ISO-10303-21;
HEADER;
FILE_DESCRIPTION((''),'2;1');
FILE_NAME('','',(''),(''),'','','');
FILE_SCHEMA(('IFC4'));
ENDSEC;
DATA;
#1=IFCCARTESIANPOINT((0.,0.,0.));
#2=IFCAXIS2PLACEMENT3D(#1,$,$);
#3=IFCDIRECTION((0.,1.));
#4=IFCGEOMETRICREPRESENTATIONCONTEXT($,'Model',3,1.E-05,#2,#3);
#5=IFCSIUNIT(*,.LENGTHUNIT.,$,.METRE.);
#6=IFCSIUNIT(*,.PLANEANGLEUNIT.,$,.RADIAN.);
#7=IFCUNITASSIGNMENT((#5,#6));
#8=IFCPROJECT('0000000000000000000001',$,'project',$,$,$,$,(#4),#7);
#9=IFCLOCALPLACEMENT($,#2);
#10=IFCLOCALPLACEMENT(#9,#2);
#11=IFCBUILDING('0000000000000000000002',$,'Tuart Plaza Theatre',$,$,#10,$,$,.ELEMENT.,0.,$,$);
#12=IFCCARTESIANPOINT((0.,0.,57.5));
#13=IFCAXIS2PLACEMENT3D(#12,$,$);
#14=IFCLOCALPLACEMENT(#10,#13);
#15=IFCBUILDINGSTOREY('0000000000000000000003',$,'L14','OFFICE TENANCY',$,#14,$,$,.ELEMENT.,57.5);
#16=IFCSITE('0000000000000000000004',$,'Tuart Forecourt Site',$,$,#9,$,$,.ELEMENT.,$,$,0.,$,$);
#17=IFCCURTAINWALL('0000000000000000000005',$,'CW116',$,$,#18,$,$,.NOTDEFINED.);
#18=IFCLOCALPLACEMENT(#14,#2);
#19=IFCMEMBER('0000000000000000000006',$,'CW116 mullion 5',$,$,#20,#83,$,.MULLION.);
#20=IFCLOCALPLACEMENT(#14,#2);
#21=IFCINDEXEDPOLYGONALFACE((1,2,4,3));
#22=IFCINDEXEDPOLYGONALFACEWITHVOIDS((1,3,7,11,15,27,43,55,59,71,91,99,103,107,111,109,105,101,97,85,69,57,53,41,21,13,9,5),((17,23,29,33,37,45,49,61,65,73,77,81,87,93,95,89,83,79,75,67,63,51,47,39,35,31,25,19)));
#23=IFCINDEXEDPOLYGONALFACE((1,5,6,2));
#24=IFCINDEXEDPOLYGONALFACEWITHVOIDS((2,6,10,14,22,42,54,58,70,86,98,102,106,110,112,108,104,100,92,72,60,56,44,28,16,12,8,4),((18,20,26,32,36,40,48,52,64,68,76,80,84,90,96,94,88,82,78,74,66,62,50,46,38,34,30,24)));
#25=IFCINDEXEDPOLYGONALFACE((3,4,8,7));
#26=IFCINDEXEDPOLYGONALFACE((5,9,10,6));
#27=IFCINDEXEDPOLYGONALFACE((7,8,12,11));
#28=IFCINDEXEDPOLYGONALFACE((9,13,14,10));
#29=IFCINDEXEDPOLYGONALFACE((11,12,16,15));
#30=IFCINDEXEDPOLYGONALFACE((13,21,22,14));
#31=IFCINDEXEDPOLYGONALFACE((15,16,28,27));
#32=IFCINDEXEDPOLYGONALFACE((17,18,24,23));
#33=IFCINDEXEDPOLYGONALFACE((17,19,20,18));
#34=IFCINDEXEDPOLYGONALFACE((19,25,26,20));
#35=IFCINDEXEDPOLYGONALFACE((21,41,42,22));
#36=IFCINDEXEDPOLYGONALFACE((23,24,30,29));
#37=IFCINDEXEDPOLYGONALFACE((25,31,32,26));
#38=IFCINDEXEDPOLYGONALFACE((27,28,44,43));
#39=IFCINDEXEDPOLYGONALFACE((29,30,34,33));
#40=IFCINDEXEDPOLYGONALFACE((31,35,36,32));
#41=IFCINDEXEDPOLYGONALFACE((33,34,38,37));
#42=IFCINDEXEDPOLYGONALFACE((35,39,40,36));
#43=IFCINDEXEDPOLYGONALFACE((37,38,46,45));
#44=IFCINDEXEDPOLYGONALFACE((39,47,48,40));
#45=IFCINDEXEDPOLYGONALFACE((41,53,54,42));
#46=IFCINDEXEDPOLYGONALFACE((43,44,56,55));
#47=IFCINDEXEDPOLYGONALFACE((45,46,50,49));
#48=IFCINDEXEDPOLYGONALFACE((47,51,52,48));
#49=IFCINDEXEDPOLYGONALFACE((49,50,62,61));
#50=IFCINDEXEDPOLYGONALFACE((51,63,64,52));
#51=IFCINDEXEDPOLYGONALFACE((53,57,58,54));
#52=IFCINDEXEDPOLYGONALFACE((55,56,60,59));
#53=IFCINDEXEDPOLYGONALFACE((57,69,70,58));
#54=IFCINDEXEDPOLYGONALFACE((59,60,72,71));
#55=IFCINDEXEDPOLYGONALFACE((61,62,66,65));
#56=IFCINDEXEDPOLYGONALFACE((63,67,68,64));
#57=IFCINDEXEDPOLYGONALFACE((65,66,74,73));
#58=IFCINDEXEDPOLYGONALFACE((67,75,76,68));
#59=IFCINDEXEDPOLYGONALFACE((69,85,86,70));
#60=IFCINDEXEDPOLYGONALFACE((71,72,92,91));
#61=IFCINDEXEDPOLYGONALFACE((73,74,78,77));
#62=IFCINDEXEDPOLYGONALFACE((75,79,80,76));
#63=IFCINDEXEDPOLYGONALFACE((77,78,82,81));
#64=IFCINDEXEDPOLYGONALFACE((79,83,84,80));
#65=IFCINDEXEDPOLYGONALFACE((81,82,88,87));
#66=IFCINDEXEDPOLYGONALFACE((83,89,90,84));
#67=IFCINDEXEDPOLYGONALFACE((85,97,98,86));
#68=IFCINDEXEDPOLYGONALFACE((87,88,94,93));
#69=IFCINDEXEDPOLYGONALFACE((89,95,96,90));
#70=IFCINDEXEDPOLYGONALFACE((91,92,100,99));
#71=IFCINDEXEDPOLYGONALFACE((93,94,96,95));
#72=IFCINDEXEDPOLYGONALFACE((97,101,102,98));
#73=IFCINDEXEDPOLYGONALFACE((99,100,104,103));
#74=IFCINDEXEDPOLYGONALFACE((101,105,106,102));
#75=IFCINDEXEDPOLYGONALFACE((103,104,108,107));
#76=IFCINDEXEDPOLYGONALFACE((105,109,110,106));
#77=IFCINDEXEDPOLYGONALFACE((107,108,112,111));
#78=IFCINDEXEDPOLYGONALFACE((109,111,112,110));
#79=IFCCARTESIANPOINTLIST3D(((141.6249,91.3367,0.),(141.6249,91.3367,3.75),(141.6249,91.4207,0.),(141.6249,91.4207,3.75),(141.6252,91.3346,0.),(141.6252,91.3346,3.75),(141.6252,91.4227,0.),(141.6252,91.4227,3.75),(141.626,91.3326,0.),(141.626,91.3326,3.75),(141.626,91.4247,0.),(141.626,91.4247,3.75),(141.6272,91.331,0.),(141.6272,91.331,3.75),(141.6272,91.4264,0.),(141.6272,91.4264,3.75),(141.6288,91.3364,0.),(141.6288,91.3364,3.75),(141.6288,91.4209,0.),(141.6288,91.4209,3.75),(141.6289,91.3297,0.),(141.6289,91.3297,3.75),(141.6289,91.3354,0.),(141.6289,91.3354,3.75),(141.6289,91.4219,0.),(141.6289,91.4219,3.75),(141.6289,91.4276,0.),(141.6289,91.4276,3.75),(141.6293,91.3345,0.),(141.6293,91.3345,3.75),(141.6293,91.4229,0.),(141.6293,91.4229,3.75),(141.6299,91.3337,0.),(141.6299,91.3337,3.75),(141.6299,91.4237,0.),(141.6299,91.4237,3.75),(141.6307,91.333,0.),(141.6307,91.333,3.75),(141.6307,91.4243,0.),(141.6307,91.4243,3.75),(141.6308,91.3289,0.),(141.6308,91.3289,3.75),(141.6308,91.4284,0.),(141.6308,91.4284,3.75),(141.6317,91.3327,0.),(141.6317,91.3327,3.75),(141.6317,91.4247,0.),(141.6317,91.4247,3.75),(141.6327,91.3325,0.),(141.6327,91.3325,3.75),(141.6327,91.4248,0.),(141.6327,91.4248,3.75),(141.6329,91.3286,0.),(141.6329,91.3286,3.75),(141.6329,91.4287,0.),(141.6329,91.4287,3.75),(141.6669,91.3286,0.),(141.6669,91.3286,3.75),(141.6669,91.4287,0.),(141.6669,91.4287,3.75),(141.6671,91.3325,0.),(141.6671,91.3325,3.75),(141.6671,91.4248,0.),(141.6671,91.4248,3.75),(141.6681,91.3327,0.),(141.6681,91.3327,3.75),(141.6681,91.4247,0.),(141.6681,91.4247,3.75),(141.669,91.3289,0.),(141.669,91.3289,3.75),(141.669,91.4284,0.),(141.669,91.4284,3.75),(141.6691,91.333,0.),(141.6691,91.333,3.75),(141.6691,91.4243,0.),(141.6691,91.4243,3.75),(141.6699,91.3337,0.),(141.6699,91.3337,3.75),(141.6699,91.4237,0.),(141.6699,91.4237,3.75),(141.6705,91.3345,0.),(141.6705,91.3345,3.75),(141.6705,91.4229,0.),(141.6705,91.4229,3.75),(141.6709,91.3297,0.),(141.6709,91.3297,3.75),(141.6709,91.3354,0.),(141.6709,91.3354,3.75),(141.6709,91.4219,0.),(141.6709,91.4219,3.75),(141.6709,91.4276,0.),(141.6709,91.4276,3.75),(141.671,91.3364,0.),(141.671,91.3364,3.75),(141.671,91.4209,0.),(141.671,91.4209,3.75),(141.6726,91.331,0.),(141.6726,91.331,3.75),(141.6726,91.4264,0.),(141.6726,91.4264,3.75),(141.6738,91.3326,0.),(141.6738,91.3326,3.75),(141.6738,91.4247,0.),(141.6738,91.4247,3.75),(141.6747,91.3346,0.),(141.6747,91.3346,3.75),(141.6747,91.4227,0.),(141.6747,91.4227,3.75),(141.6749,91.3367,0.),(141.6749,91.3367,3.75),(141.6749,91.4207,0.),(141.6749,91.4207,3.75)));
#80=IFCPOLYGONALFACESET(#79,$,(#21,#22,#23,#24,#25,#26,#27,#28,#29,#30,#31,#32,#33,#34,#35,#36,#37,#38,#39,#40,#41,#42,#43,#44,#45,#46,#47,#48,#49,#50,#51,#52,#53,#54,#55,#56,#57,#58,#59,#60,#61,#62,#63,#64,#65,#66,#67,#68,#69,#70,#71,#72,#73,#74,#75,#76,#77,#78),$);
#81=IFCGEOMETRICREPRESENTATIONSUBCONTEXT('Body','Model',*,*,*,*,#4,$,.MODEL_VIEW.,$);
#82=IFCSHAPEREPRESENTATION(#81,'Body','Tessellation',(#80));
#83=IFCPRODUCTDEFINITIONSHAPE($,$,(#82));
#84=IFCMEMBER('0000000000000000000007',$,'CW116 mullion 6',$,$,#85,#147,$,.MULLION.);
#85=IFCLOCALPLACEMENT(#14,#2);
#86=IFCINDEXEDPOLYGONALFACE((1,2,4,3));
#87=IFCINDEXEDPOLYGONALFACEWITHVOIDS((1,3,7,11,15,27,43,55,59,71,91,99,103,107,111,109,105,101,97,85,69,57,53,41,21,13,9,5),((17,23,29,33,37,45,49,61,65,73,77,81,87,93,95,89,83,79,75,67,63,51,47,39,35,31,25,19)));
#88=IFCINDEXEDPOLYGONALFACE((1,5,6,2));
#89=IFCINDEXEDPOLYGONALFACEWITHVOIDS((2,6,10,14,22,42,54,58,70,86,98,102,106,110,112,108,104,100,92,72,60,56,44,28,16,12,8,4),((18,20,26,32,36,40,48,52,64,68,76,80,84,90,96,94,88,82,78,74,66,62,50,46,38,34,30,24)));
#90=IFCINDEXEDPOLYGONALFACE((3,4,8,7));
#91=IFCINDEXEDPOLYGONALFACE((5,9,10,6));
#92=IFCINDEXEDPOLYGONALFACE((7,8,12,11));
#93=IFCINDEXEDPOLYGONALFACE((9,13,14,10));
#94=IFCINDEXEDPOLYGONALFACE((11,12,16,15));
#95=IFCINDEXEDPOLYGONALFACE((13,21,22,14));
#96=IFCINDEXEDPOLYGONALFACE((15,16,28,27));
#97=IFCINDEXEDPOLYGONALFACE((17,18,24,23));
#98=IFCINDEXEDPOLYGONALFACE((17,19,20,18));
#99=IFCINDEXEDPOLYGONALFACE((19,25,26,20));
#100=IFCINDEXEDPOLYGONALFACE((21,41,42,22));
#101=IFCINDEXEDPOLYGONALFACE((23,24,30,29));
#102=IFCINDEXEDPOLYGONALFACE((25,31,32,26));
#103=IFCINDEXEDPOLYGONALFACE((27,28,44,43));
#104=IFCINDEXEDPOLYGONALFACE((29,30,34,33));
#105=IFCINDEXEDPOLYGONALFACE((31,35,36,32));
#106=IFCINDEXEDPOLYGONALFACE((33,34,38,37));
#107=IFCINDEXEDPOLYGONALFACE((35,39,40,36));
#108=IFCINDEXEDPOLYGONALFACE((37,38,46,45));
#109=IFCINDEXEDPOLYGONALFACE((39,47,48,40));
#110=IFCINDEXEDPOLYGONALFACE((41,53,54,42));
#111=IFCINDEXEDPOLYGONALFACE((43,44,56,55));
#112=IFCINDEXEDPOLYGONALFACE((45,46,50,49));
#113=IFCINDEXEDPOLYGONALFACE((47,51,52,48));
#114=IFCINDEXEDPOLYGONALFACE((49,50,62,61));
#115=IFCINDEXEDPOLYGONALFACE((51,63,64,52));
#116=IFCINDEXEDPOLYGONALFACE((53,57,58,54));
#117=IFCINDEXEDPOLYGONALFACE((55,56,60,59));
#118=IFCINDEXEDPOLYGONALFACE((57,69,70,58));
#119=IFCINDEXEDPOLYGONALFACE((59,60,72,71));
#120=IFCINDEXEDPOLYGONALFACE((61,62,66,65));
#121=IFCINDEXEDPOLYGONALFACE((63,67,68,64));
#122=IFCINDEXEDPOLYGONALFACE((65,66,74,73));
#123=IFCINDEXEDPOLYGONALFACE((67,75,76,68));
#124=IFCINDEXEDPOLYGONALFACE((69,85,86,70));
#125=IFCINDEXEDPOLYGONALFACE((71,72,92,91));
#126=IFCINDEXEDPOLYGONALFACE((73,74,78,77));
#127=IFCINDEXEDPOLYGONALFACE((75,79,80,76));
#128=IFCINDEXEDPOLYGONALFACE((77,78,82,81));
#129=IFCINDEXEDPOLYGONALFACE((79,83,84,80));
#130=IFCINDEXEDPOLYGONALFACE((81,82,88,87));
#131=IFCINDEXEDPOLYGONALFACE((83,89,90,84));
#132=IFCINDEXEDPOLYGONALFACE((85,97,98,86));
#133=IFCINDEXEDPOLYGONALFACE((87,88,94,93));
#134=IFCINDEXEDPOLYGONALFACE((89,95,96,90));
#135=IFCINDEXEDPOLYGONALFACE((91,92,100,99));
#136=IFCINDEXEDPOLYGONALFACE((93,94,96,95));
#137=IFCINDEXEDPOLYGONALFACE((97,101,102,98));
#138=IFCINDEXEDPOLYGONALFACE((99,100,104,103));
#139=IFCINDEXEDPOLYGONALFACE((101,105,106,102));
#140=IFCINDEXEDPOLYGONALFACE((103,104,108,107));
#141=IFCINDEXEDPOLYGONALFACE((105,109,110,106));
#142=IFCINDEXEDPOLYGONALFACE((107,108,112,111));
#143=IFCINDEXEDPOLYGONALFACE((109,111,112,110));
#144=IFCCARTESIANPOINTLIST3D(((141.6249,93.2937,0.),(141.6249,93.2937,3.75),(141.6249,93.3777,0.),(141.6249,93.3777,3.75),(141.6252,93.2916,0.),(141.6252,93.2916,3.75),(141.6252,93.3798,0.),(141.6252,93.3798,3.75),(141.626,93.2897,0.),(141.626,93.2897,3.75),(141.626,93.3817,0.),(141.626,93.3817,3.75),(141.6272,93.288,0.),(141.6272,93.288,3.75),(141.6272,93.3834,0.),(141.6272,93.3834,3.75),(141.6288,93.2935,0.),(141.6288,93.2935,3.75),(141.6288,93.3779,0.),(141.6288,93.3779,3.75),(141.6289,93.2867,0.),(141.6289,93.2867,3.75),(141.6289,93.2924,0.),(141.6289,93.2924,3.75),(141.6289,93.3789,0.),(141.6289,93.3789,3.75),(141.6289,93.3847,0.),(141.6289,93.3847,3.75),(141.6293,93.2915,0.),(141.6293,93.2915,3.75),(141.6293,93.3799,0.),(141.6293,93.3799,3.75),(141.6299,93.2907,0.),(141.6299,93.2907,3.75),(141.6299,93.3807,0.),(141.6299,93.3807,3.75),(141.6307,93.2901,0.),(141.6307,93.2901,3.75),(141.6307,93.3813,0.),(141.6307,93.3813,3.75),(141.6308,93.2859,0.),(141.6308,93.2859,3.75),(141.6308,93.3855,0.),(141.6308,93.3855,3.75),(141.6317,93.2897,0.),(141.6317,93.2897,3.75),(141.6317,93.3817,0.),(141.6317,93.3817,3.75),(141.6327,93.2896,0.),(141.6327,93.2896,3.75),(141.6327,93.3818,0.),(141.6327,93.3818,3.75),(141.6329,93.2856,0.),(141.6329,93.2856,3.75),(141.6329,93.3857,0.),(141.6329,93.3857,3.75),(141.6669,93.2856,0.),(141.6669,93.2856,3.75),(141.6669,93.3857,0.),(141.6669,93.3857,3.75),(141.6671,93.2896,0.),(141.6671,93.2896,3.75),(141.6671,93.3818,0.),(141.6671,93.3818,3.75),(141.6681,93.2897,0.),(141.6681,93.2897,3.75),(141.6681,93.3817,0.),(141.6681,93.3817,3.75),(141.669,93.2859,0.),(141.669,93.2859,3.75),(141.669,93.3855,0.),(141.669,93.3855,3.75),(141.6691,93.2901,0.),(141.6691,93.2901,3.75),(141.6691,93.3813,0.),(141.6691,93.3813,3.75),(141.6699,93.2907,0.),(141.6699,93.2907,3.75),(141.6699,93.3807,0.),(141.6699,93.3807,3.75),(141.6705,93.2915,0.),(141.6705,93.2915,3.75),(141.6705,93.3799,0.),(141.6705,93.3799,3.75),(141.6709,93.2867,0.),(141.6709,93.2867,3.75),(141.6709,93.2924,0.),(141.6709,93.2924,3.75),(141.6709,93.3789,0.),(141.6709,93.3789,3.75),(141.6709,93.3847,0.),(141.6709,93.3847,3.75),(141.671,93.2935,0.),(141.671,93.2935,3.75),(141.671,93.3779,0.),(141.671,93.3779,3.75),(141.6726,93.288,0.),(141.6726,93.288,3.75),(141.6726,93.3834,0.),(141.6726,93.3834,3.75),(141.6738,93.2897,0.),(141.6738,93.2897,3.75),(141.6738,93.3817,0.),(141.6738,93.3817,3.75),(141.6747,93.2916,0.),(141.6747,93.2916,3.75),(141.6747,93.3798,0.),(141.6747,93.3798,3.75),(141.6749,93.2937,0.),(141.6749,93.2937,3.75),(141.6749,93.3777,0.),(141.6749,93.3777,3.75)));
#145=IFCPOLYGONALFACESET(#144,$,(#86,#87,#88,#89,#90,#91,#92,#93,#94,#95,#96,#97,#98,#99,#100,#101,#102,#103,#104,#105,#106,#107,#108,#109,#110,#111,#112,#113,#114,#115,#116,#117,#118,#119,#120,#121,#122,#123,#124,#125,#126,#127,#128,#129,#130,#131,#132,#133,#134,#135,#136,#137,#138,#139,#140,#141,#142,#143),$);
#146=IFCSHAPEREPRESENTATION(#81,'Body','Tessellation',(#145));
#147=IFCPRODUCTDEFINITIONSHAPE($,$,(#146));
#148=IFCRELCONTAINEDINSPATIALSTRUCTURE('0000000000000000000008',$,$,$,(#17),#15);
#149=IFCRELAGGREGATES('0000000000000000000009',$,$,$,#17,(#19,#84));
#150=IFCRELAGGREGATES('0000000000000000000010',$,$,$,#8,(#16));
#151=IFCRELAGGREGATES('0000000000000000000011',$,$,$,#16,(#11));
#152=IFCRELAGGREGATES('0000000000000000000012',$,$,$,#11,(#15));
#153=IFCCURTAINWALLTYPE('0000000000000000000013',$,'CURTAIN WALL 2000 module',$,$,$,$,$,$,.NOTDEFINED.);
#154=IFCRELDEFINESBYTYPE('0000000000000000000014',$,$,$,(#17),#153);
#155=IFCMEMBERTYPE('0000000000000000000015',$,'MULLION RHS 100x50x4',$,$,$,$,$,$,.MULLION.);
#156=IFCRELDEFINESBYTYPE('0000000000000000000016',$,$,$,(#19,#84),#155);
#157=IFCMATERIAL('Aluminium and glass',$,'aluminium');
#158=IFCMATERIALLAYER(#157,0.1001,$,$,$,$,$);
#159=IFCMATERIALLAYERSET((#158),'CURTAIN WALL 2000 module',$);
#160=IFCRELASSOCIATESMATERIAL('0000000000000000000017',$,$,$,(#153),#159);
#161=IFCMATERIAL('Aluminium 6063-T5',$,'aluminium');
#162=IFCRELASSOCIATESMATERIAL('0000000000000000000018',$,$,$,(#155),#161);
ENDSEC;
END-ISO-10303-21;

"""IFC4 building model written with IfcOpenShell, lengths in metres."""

from ifc_helpers import new_model, si_unit, direction, frame, origin, origin_2d, place, context, subcontext, project, spatial, hollow_rectangle, extrude, material, layer, layer_set, material_profile, profile_set, type_object, element, aggregate, save


model = new_model("IFC4")

# Units and contexts
model_context = context("Model", 3, precision=1e-05, world=origin(), true_north=direction((0.0, 1.0)))
body_context = subcontext(model_context, "Body", "Model", "MODEL_VIEW")
ifc_project = project(units=[si_unit("LENGTHUNIT", "METRE"), si_unit("PLANEANGLEUNIT", "RADIAN")], contexts=[model_context])

# Site, building, storey
site_placement = place(None, origin())
site = spatial("IfcSite", under=ifc_project, at=site_placement, Name="Tuart Forecourt Site", CompositionType="ELEMENT", RefElevation=0.0)
building_placement = place(site_placement, origin())
building = spatial("IfcBuilding", under=site, at=building_placement, Name="Tuart Plaza Theatre", CompositionType="ELEMENT", ElevationOfRefHeight=0.0)
storey_placement = place(building_placement, frame((0.0, 0.0, 57.5)))
storey = spatial("IfcBuildingStorey", under=building, at=storey_placement, Name="L14", Description="OFFICE TENANCY", CompositionType="ELEMENT", Elevation=57.5)

# Curtain wall, members
ifc_material_1 = material(Name="Aluminium and glass", Category="aluminium")
ifc_layer_1 = layer(ifc_material_1, 0.1001)
ifc_layer_set_1 = layer_set([ifc_layer_1], Name="CURTAIN WALL 2000 module")
curtain_wall_type = type_object("IfcCurtainWallType", Name="CURTAIN WALL 2000 module", PredefinedType="NOTDEFINED", material=ifc_layer_set_1)
curtain_wall_placement = place(storey_placement, origin())
curtain_wall = element("IfcCurtainWall", 1, at=curtain_wall_placement, inside=storey, type_object=curtain_wall_type, Name="CW116", PredefinedType="NOTDEFINED")
ifc_material_2 = material(Name="Aluminium 6063-T5", Category="aluminium")
ifc_material_profile_1 = material_profile(ifc_material_2, hollow_rectangle(XDim=0.05, YDim=0.1001, WallThickness=0.0039, InnerFilletRadius=0.0039, OuterFilletRadius=0.0081, at=origin_2d()), Name="RHS 100x50x4")
ifc_profile_set_1 = profile_set([ifc_material_profile_1], Name="Aluminium 6063-T5")
member_type_1 = type_object("IfcMemberType", Name="MULLION RHS 100x50x4", PredefinedType="MULLION", material=ifc_profile_set_1)
member_1_placement = place(storey_placement, frame((141.6499, 91.3787, 0.0), z_axis=(0.0, 0.0, 1.0), x_axis=(-1.0, 0.0, 0.0)))
member_1 = element("IfcMember", 2, at=member_1_placement, type_object=member_type_1, Name="CW116 mullion 5", PredefinedType="MULLION", context=body_context, shape_type="SweptSolid", body=[
    extrude(hollow_rectangle(XDim=0.05, YDim=0.1001, WallThickness=0.0039, InnerFilletRadius=0.0039, OuterFilletRadius=0.0081, at=origin_2d()), origin(), (0.0, 0.0, 1.0), 3.75),
])
member_2_placement = place(storey_placement, frame((141.6499, 93.3357, 0.0), z_axis=(0.0, 0.0, 1.0), x_axis=(-1.0, 0.0, 0.0)))
member_2 = element("IfcMember", 3, at=member_2_placement, type_object=member_type_1, Name="CW116 mullion 6", PredefinedType="MULLION", context=body_context, shape_type="SweptSolid", body=[
    extrude(hollow_rectangle(XDim=0.05, YDim=0.1001, WallThickness=0.0039, InnerFilletRadius=0.0039, OuterFilletRadius=0.0081, at=origin_2d()), origin(), (0.0, 0.0, 1.0), 3.75),
])
aggregate(curtain_wall, [member_1, member_2])

save(model, "model.ifc")
